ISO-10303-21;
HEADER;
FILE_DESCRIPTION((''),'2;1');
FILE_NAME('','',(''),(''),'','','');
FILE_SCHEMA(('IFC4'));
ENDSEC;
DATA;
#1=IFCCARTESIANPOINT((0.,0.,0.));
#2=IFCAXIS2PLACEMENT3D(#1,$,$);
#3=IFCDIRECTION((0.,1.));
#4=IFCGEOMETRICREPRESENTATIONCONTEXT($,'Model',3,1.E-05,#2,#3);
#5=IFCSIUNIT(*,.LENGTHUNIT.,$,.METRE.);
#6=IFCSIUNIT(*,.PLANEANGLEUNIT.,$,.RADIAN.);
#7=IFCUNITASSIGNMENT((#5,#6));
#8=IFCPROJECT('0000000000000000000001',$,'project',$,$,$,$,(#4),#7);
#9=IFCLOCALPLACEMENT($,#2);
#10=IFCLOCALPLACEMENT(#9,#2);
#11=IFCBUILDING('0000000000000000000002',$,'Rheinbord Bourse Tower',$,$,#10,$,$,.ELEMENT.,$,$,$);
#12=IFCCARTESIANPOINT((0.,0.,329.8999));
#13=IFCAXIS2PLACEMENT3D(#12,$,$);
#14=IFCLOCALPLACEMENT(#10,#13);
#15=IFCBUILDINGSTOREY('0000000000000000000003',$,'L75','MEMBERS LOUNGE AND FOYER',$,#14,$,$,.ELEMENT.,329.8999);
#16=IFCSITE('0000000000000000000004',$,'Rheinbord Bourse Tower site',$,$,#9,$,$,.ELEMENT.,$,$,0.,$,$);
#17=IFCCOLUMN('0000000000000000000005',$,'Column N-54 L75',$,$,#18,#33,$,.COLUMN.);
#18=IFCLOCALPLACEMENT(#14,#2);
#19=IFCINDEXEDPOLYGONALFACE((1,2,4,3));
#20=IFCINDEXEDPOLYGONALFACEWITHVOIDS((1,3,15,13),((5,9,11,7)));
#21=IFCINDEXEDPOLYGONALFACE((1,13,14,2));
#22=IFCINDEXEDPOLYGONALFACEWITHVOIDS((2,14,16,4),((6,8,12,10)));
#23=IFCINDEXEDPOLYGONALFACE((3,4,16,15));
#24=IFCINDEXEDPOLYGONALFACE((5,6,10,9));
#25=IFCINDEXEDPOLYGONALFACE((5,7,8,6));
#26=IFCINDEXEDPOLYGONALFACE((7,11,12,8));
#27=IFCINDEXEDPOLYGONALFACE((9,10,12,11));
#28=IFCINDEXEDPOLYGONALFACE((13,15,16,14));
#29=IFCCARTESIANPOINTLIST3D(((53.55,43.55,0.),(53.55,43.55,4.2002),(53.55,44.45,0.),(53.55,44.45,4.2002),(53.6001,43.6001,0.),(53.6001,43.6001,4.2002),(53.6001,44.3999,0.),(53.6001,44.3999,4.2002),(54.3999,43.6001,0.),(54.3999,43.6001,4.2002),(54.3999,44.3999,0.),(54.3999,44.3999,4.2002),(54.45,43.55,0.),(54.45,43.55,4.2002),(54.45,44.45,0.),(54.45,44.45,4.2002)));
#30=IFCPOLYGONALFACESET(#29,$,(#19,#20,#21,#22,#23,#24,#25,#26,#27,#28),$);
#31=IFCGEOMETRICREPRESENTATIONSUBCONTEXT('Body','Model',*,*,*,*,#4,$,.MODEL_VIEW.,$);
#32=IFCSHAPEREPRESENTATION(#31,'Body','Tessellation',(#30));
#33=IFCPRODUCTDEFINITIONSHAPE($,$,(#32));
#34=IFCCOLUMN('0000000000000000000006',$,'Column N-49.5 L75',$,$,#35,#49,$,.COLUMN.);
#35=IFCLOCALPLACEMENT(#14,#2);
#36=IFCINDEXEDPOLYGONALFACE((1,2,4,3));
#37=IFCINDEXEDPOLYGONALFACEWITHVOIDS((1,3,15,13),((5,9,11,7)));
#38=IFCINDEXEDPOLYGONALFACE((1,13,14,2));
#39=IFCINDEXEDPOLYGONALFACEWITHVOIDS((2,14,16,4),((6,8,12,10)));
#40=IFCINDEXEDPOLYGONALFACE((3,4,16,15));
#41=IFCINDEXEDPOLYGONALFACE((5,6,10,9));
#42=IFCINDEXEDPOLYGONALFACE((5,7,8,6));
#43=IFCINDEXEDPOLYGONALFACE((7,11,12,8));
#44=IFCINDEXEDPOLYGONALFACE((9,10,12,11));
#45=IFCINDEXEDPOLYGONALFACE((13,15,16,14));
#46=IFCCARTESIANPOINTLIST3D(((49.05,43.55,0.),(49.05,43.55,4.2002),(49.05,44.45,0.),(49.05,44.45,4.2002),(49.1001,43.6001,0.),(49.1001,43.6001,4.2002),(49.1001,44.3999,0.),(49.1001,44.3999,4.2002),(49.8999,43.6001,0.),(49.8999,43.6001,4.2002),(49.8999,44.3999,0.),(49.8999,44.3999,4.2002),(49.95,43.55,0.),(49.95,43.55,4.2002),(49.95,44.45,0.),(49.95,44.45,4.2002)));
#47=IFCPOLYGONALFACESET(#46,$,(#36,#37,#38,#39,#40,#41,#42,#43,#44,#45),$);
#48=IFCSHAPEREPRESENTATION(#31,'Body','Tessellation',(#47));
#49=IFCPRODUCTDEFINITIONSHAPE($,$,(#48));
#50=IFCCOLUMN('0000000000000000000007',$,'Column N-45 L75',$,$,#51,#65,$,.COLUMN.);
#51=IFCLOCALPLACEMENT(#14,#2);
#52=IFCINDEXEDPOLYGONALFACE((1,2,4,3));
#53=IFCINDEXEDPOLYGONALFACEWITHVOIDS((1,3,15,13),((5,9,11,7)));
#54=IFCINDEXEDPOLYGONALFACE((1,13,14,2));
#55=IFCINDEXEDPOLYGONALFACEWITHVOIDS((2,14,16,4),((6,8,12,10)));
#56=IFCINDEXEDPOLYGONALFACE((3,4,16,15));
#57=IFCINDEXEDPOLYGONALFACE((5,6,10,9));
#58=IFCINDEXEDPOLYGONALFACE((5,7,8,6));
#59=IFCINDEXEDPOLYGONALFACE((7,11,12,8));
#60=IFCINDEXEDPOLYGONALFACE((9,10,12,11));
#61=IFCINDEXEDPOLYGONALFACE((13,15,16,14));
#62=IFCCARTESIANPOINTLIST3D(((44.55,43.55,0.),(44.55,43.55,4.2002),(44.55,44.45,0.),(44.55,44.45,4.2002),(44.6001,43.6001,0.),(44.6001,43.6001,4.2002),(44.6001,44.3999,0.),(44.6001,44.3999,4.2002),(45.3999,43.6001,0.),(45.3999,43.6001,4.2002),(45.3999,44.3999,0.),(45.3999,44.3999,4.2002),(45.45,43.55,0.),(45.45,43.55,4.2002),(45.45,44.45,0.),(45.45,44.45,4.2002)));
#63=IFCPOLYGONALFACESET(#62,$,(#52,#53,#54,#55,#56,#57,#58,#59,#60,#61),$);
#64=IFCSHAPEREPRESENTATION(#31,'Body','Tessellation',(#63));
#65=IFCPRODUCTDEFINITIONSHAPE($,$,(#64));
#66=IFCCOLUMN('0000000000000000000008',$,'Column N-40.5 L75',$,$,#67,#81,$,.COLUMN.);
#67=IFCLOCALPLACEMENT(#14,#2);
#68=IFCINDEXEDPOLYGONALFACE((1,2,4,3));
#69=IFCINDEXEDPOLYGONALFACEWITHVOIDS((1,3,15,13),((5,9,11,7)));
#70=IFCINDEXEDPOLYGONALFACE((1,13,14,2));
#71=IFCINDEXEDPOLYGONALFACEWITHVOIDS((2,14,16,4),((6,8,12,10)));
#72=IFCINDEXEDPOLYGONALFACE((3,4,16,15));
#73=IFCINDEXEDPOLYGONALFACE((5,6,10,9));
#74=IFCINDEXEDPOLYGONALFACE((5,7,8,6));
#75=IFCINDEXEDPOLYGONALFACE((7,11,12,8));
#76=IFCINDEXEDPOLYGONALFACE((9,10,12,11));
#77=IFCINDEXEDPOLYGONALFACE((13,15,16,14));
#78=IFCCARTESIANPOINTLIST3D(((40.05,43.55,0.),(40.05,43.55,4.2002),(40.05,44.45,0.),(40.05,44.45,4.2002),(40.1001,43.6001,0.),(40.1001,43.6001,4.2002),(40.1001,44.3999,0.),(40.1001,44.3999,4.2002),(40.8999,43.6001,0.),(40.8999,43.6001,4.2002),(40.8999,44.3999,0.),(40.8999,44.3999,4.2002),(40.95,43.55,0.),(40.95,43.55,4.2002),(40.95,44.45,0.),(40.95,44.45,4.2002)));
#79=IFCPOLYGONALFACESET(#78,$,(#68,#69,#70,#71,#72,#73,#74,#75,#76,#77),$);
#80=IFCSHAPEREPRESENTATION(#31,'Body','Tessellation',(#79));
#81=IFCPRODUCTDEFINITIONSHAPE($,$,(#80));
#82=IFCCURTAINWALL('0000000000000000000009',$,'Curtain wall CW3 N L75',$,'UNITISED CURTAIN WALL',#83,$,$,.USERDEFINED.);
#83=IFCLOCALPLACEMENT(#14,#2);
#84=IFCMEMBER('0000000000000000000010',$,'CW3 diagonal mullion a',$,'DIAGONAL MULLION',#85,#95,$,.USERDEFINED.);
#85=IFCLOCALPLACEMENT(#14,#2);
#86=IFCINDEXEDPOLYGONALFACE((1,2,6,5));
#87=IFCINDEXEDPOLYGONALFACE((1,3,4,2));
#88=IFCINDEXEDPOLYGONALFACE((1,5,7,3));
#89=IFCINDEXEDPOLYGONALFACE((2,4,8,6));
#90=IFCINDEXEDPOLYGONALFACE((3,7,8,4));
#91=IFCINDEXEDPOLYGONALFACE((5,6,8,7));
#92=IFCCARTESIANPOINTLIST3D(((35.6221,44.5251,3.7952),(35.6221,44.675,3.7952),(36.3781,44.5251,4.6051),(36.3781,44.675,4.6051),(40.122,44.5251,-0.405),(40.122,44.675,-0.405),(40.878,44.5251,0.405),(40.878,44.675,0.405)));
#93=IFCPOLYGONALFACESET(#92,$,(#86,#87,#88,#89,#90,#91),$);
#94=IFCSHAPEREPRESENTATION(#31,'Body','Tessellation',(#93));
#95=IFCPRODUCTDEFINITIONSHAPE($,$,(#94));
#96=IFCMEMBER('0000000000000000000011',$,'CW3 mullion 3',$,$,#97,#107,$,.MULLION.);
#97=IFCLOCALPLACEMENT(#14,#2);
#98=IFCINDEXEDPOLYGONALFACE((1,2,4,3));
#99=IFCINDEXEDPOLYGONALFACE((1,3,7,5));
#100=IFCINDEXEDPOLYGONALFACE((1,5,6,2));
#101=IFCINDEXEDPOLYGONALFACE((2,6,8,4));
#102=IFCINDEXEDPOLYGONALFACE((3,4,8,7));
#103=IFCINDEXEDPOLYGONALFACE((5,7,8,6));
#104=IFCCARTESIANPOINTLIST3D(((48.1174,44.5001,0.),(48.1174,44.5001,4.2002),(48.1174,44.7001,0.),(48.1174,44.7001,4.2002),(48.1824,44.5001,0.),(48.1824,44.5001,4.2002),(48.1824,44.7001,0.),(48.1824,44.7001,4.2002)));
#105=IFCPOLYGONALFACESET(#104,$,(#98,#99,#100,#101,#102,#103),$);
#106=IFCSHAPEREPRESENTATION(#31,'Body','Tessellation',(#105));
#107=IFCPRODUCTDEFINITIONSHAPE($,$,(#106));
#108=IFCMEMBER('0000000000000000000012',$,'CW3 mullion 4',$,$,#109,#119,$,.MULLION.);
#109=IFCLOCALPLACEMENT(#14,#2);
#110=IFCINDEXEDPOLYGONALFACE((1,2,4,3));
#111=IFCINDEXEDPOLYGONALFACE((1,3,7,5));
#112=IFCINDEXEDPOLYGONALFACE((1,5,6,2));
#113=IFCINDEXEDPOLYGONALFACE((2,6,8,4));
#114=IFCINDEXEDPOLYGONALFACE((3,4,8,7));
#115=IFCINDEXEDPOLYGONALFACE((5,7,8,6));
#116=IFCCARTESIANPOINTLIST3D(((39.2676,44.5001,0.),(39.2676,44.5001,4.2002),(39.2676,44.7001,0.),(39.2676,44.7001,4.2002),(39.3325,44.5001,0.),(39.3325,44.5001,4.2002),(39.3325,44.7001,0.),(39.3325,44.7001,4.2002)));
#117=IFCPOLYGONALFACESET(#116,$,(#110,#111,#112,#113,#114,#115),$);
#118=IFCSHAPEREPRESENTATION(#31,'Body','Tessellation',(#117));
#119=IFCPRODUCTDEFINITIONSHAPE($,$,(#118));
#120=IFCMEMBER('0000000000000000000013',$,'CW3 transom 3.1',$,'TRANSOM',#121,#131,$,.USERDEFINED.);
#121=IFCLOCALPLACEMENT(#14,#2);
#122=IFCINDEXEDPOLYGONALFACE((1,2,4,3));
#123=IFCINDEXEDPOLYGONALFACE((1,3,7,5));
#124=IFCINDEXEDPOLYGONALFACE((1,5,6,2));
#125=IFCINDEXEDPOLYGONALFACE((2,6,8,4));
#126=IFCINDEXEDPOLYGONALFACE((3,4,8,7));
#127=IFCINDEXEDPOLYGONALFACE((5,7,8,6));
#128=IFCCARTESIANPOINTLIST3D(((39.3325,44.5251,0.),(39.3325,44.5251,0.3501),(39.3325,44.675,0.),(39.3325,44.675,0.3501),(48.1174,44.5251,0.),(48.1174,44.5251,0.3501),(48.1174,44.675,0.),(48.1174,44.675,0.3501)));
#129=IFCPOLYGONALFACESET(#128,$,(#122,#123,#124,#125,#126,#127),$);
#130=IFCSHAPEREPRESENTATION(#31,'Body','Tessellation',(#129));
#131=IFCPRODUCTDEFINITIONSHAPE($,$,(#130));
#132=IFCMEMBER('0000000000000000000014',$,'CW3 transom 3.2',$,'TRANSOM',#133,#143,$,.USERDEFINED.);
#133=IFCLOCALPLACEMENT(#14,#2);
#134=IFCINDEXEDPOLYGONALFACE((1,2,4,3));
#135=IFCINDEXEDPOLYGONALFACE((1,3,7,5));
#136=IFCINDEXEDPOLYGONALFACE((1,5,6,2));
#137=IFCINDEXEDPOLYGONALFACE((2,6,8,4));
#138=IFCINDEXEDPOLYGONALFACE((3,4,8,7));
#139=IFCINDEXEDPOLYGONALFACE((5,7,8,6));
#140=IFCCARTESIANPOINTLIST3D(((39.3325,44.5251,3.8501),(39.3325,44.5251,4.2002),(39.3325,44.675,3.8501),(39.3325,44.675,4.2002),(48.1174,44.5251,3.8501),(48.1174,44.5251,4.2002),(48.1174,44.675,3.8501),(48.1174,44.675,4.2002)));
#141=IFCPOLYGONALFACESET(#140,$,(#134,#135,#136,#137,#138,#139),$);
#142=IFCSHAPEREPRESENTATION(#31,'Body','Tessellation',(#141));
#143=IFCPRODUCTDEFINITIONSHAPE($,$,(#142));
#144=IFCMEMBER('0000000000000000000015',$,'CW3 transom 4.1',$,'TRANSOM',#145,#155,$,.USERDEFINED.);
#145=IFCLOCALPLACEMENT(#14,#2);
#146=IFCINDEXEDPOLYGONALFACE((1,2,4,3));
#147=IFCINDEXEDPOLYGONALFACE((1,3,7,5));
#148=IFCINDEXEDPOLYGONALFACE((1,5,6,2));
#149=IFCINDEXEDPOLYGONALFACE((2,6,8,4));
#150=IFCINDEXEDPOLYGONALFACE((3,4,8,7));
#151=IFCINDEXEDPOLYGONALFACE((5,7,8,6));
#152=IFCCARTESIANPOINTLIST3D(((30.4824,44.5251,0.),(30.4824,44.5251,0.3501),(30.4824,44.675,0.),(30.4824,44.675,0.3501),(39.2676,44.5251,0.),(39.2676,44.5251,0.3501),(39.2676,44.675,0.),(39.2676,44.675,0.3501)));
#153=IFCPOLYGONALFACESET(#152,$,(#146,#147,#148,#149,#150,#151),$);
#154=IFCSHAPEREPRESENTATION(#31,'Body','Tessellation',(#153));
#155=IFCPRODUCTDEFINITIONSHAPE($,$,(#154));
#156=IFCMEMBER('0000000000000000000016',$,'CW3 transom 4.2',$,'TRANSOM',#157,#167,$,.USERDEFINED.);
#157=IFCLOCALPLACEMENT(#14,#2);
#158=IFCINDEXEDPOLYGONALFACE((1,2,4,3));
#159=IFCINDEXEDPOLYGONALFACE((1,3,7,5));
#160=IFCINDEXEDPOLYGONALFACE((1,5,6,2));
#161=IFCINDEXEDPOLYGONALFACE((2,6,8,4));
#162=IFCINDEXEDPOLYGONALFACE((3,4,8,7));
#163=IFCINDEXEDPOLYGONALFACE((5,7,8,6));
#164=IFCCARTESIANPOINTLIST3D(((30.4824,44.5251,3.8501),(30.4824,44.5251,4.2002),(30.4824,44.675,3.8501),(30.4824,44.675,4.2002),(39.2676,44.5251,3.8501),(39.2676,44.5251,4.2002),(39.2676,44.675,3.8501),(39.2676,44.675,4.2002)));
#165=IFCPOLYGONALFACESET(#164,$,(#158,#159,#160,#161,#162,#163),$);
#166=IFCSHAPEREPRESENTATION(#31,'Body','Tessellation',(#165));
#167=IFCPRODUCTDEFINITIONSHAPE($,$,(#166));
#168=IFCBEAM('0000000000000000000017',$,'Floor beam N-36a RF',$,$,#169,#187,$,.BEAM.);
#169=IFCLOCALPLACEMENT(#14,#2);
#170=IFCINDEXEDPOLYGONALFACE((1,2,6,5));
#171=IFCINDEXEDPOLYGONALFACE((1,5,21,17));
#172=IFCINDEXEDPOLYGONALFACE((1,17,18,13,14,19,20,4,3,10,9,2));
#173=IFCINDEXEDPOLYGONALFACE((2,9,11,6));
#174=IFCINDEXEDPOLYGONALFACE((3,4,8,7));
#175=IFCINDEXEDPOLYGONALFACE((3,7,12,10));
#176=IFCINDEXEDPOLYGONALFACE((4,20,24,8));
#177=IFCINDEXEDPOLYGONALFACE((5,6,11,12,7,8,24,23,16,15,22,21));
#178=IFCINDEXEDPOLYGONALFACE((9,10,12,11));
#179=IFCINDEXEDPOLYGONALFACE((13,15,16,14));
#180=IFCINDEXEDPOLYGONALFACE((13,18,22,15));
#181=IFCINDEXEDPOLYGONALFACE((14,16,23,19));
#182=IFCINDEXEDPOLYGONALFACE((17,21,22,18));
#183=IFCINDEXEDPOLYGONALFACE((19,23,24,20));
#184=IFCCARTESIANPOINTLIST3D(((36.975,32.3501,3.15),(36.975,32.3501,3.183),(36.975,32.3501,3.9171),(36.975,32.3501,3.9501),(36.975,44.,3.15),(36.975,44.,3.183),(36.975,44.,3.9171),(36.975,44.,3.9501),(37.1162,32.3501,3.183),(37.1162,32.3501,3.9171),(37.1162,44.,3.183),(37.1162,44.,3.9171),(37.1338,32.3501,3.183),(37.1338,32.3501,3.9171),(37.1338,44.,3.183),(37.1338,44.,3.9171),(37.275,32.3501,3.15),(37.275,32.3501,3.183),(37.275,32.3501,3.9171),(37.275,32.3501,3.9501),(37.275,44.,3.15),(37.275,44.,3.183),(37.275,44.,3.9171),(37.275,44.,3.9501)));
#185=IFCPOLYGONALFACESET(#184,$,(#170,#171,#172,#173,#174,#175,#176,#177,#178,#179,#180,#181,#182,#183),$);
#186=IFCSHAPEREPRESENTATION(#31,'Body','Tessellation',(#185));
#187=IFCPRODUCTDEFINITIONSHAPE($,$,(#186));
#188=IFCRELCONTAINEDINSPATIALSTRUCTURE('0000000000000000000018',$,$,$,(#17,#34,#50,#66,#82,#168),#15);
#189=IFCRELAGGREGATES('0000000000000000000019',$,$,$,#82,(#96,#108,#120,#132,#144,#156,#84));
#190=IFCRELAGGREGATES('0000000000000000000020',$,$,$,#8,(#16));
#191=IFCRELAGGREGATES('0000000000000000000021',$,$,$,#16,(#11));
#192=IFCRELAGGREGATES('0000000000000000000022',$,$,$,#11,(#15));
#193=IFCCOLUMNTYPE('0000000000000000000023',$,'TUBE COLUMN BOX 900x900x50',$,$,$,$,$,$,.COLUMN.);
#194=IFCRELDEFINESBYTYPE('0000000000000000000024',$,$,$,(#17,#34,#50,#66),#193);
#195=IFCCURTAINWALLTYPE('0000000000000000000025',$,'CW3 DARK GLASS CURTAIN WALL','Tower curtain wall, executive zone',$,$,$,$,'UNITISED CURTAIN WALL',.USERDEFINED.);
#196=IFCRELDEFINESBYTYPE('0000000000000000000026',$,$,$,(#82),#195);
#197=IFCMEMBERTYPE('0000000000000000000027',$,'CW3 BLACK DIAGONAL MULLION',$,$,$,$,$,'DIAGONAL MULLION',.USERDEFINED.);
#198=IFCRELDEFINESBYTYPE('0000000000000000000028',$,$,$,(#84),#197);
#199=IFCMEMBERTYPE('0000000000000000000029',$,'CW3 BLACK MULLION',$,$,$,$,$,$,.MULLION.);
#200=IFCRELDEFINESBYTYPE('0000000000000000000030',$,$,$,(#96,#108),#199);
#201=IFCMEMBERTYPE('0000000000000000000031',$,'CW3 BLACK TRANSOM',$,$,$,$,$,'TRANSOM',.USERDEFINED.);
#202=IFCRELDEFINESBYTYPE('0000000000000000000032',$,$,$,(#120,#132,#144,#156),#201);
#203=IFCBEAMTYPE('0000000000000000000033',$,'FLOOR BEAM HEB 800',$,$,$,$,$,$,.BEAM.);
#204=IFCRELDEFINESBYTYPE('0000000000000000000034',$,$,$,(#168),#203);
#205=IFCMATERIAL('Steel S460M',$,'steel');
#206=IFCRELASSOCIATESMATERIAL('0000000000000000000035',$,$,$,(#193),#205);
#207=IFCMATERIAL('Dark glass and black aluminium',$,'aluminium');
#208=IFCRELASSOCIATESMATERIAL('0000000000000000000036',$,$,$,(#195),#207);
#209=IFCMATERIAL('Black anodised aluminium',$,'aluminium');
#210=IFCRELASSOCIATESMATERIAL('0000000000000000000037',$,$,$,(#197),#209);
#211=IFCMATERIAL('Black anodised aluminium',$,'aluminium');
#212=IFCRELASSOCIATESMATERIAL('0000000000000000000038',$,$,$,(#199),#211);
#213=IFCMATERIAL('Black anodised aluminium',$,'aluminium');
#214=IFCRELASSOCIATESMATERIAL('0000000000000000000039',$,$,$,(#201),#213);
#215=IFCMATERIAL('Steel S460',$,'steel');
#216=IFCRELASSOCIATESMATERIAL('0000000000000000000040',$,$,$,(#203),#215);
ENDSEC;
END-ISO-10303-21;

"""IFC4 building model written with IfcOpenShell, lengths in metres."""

from ifc_helpers import new_model, si_unit, direction, frame, origin, origin_2d, place, context, subcontext, project, spatial, rectangle, hollow_rectangle, i_section, extrude, material, material_profile, profile_set, type_object, element, aggregate, save


model = new_model("IFC4")

# Units and contexts
model_context = context("Model", 3, precision=1e-05, world=origin(), true_north=direction((0.0, 1.0)))
body_context = subcontext(model_context, "Body", "Model", "MODEL_VIEW")
ifc_project = project(units=[si_unit("LENGTHUNIT", "METRE"), si_unit("PLANEANGLEUNIT", "RADIAN")], contexts=[model_context])

# Site, building, storey
site_placement = place(None, origin())
site = spatial("IfcSite", under=ifc_project, at=site_placement, Name="Rheinbord Bourse Tower site", CompositionType="ELEMENT", RefElevation=0.0)
building_placement = place(site_placement, origin())
building = spatial("IfcBuilding", under=site, at=building_placement, Name="Rheinbord Bourse Tower", CompositionType="ELEMENT")
storey_placement = place(building_placement, frame((0.0, 0.0, 329.8999)))
storey = spatial("IfcBuildingStorey", under=building, at=storey_placement, Name="L75", Description="MEMBERS LOUNGE AND FOYER", CompositionType="ELEMENT", Elevation=329.8999)

# Columns
ifc_material_1 = material(Name="Steel S460M", Category="steel")
ifc_material_profile_1 = material_profile(ifc_material_1, hollow_rectangle(XDim=0.8999, YDim=0.8999, WallThickness=0.05, at=origin_2d()), Name="BOX 900x900x50")
ifc_profile_set_1 = profile_set([ifc_material_profile_1], Name="Steel S460M")
column_type = type_object("IfcColumnType", Name="TUBE COLUMN BOX 900x900x50", PredefinedType="COLUMN", material=ifc_profile_set_1)
for number, where, z_axis, x_axis, name in (
    (1, (54.0, 44.0, 0.0), (0.0, 0.0, 1.0), (0.0, 1.0, 0.0), "Column N-54 L75"),
    (2, (49.5, 44.0, 0.0), (0.0, 0.0, 1.0), (0.0, 1.0, 0.0), "Column N-49.5 L75"),
    (3, (45.0, 44.0, 0.0), (0.0, 0.0, 1.0), (0.0, 1.0, 0.0), "Column N-45 L75"),
    (4, (40.5, 44.0, 0.0), (0.0, 0.0, 1.0), (0.0, 1.0, 0.0), "Column N-40.5 L75"),
):
    element("IfcColumn", number, at=place(storey_placement, frame(where, z_axis=z_axis, x_axis=x_axis)), inside=storey, type_object=column_type, Name=name, PredefinedType="COLUMN", context=body_context, shape_type="SweptSolid", body=[
        extrude(hollow_rectangle(XDim=0.8999, YDim=0.8999, WallThickness=0.05, at=origin_2d()), origin(), (0.0, 0.0, 1.0), 4.2002),
    ])

# Curtain wall, members
ifc_material_2 = material(Name="Dark glass and black aluminium", Category="aluminium")
curtain_wall_type = type_object("IfcCurtainWallType", Name="CW3 DARK GLASS CURTAIN WALL", Description="Tower curtain wall, executive zone", ElementType="UNITISED CURTAIN WALL", PredefinedType="USERDEFINED", material=ifc_material_2)
curtain_wall_placement = place(storey_placement, origin())
curtain_wall = element("IfcCurtainWall", 5, at=curtain_wall_placement, inside=storey, type_object=curtain_wall_type, Name="Curtain wall CW3 N L75", ObjectType="UNITISED CURTAIN WALL", PredefinedType="USERDEFINED")
ifc_material_3 = material(Name="Black anodised aluminium", Category="aluminium")
ifc_material_profile_2 = material_profile(ifc_material_3, rectangle(XDim=0.1499, YDim=1.1079, at=origin_2d()), Name="CW3 DIAGONAL MULLION 1108x150")
ifc_profile_set_2 = profile_set([ifc_material_profile_2], Name="Black anodised aluminium")
member_type_1 = type_object("IfcMemberType", Name="CW3 BLACK DIAGONAL MULLION", ElementType="DIAGONAL MULLION", PredefinedType="USERDEFINED", material=ifc_profile_set_2)
member_1_placement = place(storey_placement, frame((40.5, 44.6001, 0.0), z_axis=(-0.731039, 0.0, 0.682335), x_axis=(0.0, -1.0, 0.0)))
member_1 = element("IfcMember", 6, at=member_1_placement, type_object=member_type_1, Name="CW3 diagonal mullion a", ObjectType="DIAGONAL MULLION", PredefinedType="USERDEFINED", context=body_context, shape_type="SweptSolid", body=[
    extrude(rectangle(XDim=0.1499, YDim=1.1079, at=origin_2d()), origin(), (0.0, 0.0, 1.0), 6.1555),
])
ifc_material_4 = material(Name="Black anodised aluminium", Category="aluminium")
ifc_material_profile_3 = material_profile(ifc_material_4, rectangle(XDim=0.2, YDim=0.0649, at=origin_2d()), Name="CW3 MULLION 65x200")
ifc_profile_set_3 = profile_set([ifc_material_profile_3], Name="Black anodised aluminium")
member_type_2 = type_object("IfcMemberType", Name="CW3 BLACK MULLION", PredefinedType="MULLION", material=ifc_profile_set_3)
member_2_placement = place(storey_placement, frame((48.1499, 44.6001, 0.0), z_axis=(0.0, 0.0, 1.0), x_axis=(0.0, -1.0, 0.0)))
member_2 = element("IfcMember", 7, at=member_2_placement, type_object=member_type_2, Name="CW3 mullion 3", PredefinedType="MULLION", context=body_context, shape_type="SweptSolid", body=[
    extrude(rectangle(XDim=0.2, YDim=0.0649, at=origin_2d()), origin(), (0.0, 0.0, 1.0), 4.2002),
])
member_3_placement = place(storey_placement, frame((39.3, 44.6001, 0.0), z_axis=(0.0, 0.0, 1.0), x_axis=(0.0, -1.0, 0.0)))
member_3 = element("IfcMember", 8, at=member_3_placement, type_object=member_type_2, Name="CW3 mullion 4", PredefinedType="MULLION", context=body_context, shape_type="SweptSolid", body=[
    extrude(rectangle(XDim=0.2, YDim=0.0649, at=origin_2d()), origin(), (0.0, 0.0, 1.0), 4.2002),
])
ifc_material_5 = material(Name="Black anodised aluminium", Category="aluminium")
ifc_material_profile_4 = material_profile(ifc_material_5, rectangle(XDim=0.1499, YDim=0.3501, at=origin_2d()), Name="CW3 TRANSOM 350x150")
ifc_profile_set_4 = profile_set([ifc_material_profile_4], Name="Black anodised aluminium")
member_type_3 = type_object("IfcMemberType", Name="CW3 BLACK TRANSOM", ElementType="TRANSOM", PredefinedType="USERDEFINED", material=ifc_profile_set_4)
member_4_placement = place(storey_placement, frame((48.1174, 44.6001, 0.175), z_axis=(-1.0, 0.0, 0.0), x_axis=(0.0, -1.0, 0.0)))
member_4 = element("IfcMember", 9, at=member_4_placement, type_object=member_type_3, Name="CW3 transom 3.1", ObjectType="TRANSOM", PredefinedType="USERDEFINED", context=body_context, shape_type="SweptSolid", body=[
    extrude(rectangle(XDim=0.1499, YDim=0.3501, at=origin_2d()), origin(), (0.0, 0.0, 1.0), 8.7849),
])
member_5_placement = place(storey_placement, frame((48.1174, 44.6001, 4.0251), z_axis=(-1.0, 0.0, 0.0), x_axis=(0.0, -1.0, 0.0)))
member_5 = element("IfcMember", 10, at=member_5_placement, type_object=member_type_3, Name="CW3 transom 3.2", ObjectType="TRANSOM", PredefinedType="USERDEFINED", context=body_context, shape_type="SweptSolid", body=[
    extrude(rectangle(XDim=0.1499, YDim=0.3501, at=origin_2d()), origin(), (0.0, 0.0, 1.0), 8.7849),
])
member_6_placement = place(storey_placement, frame((39.2676, 44.6001, 0.175), z_axis=(-1.0, 0.0, 0.0), x_axis=(0.0, -1.0, 0.0)))
member_6 = element("IfcMember", 11, at=member_6_placement, type_object=member_type_3, Name="CW3 transom 4.1", ObjectType="TRANSOM", PredefinedType="USERDEFINED", context=body_context, shape_type="SweptSolid", body=[
    extrude(rectangle(XDim=0.1499, YDim=0.3501, at=origin_2d()), origin(), (0.0, 0.0, 1.0), 8.7852),
])
member_7_placement = place(storey_placement, frame((39.2676, 44.6001, 4.0251), z_axis=(-1.0, 0.0, 0.0), x_axis=(0.0, -1.0, 0.0)))
member_7 = element("IfcMember", 12, at=member_7_placement, type_object=member_type_3, Name="CW3 transom 4.2", ObjectType="TRANSOM", PredefinedType="USERDEFINED", context=body_context, shape_type="SweptSolid", body=[
    extrude(rectangle(XDim=0.1499, YDim=0.3501, at=origin_2d()), origin(), (0.0, 0.0, 1.0), 8.7852),
])

# Beam
ifc_material_6 = material(Name="Steel S460", Category="steel")
ifc_material_profile_5 = material_profile(ifc_material_6, i_section(OverallWidth=0.3, OverallDepth=0.8, WebThickness=0.0176, FlangeThickness=0.033, at=origin_2d()), Name="HEB 800")
ifc_profile_set_5 = profile_set([ifc_material_profile_5], Name="Steel S460")
beam_type_1 = type_object("IfcBeamType", Name="FLOOR BEAM HEB 800", PredefinedType="BEAM", material=ifc_profile_set_5)
for number, where, z_axis, x_axis, name in (
    (13, (37.125, 44.0, 3.55), (0.0, -1.0, 0.0), (1.0, 0.0, 0.0), "Floor beam N-36a RF"),
):
    element("IfcBeam", number, at=place(storey_placement, frame(where, z_axis=z_axis, x_axis=x_axis)), inside=storey, type_object=beam_type_1, Name=name, PredefinedType="BEAM", context=body_context, shape_type="SweptSolid", body=[
        extrude(i_section(OverallWidth=0.3, OverallDepth=0.8, WebThickness=0.0176, FlangeThickness=0.033, at=origin_2d()), origin(), (0.0, 0.0, 1.0), 11.6499),
    ])

aggregate(curtain_wall, [member_2, member_3, member_4, member_5, member_6, member_7, member_1])

save(model, "model.ifc")
